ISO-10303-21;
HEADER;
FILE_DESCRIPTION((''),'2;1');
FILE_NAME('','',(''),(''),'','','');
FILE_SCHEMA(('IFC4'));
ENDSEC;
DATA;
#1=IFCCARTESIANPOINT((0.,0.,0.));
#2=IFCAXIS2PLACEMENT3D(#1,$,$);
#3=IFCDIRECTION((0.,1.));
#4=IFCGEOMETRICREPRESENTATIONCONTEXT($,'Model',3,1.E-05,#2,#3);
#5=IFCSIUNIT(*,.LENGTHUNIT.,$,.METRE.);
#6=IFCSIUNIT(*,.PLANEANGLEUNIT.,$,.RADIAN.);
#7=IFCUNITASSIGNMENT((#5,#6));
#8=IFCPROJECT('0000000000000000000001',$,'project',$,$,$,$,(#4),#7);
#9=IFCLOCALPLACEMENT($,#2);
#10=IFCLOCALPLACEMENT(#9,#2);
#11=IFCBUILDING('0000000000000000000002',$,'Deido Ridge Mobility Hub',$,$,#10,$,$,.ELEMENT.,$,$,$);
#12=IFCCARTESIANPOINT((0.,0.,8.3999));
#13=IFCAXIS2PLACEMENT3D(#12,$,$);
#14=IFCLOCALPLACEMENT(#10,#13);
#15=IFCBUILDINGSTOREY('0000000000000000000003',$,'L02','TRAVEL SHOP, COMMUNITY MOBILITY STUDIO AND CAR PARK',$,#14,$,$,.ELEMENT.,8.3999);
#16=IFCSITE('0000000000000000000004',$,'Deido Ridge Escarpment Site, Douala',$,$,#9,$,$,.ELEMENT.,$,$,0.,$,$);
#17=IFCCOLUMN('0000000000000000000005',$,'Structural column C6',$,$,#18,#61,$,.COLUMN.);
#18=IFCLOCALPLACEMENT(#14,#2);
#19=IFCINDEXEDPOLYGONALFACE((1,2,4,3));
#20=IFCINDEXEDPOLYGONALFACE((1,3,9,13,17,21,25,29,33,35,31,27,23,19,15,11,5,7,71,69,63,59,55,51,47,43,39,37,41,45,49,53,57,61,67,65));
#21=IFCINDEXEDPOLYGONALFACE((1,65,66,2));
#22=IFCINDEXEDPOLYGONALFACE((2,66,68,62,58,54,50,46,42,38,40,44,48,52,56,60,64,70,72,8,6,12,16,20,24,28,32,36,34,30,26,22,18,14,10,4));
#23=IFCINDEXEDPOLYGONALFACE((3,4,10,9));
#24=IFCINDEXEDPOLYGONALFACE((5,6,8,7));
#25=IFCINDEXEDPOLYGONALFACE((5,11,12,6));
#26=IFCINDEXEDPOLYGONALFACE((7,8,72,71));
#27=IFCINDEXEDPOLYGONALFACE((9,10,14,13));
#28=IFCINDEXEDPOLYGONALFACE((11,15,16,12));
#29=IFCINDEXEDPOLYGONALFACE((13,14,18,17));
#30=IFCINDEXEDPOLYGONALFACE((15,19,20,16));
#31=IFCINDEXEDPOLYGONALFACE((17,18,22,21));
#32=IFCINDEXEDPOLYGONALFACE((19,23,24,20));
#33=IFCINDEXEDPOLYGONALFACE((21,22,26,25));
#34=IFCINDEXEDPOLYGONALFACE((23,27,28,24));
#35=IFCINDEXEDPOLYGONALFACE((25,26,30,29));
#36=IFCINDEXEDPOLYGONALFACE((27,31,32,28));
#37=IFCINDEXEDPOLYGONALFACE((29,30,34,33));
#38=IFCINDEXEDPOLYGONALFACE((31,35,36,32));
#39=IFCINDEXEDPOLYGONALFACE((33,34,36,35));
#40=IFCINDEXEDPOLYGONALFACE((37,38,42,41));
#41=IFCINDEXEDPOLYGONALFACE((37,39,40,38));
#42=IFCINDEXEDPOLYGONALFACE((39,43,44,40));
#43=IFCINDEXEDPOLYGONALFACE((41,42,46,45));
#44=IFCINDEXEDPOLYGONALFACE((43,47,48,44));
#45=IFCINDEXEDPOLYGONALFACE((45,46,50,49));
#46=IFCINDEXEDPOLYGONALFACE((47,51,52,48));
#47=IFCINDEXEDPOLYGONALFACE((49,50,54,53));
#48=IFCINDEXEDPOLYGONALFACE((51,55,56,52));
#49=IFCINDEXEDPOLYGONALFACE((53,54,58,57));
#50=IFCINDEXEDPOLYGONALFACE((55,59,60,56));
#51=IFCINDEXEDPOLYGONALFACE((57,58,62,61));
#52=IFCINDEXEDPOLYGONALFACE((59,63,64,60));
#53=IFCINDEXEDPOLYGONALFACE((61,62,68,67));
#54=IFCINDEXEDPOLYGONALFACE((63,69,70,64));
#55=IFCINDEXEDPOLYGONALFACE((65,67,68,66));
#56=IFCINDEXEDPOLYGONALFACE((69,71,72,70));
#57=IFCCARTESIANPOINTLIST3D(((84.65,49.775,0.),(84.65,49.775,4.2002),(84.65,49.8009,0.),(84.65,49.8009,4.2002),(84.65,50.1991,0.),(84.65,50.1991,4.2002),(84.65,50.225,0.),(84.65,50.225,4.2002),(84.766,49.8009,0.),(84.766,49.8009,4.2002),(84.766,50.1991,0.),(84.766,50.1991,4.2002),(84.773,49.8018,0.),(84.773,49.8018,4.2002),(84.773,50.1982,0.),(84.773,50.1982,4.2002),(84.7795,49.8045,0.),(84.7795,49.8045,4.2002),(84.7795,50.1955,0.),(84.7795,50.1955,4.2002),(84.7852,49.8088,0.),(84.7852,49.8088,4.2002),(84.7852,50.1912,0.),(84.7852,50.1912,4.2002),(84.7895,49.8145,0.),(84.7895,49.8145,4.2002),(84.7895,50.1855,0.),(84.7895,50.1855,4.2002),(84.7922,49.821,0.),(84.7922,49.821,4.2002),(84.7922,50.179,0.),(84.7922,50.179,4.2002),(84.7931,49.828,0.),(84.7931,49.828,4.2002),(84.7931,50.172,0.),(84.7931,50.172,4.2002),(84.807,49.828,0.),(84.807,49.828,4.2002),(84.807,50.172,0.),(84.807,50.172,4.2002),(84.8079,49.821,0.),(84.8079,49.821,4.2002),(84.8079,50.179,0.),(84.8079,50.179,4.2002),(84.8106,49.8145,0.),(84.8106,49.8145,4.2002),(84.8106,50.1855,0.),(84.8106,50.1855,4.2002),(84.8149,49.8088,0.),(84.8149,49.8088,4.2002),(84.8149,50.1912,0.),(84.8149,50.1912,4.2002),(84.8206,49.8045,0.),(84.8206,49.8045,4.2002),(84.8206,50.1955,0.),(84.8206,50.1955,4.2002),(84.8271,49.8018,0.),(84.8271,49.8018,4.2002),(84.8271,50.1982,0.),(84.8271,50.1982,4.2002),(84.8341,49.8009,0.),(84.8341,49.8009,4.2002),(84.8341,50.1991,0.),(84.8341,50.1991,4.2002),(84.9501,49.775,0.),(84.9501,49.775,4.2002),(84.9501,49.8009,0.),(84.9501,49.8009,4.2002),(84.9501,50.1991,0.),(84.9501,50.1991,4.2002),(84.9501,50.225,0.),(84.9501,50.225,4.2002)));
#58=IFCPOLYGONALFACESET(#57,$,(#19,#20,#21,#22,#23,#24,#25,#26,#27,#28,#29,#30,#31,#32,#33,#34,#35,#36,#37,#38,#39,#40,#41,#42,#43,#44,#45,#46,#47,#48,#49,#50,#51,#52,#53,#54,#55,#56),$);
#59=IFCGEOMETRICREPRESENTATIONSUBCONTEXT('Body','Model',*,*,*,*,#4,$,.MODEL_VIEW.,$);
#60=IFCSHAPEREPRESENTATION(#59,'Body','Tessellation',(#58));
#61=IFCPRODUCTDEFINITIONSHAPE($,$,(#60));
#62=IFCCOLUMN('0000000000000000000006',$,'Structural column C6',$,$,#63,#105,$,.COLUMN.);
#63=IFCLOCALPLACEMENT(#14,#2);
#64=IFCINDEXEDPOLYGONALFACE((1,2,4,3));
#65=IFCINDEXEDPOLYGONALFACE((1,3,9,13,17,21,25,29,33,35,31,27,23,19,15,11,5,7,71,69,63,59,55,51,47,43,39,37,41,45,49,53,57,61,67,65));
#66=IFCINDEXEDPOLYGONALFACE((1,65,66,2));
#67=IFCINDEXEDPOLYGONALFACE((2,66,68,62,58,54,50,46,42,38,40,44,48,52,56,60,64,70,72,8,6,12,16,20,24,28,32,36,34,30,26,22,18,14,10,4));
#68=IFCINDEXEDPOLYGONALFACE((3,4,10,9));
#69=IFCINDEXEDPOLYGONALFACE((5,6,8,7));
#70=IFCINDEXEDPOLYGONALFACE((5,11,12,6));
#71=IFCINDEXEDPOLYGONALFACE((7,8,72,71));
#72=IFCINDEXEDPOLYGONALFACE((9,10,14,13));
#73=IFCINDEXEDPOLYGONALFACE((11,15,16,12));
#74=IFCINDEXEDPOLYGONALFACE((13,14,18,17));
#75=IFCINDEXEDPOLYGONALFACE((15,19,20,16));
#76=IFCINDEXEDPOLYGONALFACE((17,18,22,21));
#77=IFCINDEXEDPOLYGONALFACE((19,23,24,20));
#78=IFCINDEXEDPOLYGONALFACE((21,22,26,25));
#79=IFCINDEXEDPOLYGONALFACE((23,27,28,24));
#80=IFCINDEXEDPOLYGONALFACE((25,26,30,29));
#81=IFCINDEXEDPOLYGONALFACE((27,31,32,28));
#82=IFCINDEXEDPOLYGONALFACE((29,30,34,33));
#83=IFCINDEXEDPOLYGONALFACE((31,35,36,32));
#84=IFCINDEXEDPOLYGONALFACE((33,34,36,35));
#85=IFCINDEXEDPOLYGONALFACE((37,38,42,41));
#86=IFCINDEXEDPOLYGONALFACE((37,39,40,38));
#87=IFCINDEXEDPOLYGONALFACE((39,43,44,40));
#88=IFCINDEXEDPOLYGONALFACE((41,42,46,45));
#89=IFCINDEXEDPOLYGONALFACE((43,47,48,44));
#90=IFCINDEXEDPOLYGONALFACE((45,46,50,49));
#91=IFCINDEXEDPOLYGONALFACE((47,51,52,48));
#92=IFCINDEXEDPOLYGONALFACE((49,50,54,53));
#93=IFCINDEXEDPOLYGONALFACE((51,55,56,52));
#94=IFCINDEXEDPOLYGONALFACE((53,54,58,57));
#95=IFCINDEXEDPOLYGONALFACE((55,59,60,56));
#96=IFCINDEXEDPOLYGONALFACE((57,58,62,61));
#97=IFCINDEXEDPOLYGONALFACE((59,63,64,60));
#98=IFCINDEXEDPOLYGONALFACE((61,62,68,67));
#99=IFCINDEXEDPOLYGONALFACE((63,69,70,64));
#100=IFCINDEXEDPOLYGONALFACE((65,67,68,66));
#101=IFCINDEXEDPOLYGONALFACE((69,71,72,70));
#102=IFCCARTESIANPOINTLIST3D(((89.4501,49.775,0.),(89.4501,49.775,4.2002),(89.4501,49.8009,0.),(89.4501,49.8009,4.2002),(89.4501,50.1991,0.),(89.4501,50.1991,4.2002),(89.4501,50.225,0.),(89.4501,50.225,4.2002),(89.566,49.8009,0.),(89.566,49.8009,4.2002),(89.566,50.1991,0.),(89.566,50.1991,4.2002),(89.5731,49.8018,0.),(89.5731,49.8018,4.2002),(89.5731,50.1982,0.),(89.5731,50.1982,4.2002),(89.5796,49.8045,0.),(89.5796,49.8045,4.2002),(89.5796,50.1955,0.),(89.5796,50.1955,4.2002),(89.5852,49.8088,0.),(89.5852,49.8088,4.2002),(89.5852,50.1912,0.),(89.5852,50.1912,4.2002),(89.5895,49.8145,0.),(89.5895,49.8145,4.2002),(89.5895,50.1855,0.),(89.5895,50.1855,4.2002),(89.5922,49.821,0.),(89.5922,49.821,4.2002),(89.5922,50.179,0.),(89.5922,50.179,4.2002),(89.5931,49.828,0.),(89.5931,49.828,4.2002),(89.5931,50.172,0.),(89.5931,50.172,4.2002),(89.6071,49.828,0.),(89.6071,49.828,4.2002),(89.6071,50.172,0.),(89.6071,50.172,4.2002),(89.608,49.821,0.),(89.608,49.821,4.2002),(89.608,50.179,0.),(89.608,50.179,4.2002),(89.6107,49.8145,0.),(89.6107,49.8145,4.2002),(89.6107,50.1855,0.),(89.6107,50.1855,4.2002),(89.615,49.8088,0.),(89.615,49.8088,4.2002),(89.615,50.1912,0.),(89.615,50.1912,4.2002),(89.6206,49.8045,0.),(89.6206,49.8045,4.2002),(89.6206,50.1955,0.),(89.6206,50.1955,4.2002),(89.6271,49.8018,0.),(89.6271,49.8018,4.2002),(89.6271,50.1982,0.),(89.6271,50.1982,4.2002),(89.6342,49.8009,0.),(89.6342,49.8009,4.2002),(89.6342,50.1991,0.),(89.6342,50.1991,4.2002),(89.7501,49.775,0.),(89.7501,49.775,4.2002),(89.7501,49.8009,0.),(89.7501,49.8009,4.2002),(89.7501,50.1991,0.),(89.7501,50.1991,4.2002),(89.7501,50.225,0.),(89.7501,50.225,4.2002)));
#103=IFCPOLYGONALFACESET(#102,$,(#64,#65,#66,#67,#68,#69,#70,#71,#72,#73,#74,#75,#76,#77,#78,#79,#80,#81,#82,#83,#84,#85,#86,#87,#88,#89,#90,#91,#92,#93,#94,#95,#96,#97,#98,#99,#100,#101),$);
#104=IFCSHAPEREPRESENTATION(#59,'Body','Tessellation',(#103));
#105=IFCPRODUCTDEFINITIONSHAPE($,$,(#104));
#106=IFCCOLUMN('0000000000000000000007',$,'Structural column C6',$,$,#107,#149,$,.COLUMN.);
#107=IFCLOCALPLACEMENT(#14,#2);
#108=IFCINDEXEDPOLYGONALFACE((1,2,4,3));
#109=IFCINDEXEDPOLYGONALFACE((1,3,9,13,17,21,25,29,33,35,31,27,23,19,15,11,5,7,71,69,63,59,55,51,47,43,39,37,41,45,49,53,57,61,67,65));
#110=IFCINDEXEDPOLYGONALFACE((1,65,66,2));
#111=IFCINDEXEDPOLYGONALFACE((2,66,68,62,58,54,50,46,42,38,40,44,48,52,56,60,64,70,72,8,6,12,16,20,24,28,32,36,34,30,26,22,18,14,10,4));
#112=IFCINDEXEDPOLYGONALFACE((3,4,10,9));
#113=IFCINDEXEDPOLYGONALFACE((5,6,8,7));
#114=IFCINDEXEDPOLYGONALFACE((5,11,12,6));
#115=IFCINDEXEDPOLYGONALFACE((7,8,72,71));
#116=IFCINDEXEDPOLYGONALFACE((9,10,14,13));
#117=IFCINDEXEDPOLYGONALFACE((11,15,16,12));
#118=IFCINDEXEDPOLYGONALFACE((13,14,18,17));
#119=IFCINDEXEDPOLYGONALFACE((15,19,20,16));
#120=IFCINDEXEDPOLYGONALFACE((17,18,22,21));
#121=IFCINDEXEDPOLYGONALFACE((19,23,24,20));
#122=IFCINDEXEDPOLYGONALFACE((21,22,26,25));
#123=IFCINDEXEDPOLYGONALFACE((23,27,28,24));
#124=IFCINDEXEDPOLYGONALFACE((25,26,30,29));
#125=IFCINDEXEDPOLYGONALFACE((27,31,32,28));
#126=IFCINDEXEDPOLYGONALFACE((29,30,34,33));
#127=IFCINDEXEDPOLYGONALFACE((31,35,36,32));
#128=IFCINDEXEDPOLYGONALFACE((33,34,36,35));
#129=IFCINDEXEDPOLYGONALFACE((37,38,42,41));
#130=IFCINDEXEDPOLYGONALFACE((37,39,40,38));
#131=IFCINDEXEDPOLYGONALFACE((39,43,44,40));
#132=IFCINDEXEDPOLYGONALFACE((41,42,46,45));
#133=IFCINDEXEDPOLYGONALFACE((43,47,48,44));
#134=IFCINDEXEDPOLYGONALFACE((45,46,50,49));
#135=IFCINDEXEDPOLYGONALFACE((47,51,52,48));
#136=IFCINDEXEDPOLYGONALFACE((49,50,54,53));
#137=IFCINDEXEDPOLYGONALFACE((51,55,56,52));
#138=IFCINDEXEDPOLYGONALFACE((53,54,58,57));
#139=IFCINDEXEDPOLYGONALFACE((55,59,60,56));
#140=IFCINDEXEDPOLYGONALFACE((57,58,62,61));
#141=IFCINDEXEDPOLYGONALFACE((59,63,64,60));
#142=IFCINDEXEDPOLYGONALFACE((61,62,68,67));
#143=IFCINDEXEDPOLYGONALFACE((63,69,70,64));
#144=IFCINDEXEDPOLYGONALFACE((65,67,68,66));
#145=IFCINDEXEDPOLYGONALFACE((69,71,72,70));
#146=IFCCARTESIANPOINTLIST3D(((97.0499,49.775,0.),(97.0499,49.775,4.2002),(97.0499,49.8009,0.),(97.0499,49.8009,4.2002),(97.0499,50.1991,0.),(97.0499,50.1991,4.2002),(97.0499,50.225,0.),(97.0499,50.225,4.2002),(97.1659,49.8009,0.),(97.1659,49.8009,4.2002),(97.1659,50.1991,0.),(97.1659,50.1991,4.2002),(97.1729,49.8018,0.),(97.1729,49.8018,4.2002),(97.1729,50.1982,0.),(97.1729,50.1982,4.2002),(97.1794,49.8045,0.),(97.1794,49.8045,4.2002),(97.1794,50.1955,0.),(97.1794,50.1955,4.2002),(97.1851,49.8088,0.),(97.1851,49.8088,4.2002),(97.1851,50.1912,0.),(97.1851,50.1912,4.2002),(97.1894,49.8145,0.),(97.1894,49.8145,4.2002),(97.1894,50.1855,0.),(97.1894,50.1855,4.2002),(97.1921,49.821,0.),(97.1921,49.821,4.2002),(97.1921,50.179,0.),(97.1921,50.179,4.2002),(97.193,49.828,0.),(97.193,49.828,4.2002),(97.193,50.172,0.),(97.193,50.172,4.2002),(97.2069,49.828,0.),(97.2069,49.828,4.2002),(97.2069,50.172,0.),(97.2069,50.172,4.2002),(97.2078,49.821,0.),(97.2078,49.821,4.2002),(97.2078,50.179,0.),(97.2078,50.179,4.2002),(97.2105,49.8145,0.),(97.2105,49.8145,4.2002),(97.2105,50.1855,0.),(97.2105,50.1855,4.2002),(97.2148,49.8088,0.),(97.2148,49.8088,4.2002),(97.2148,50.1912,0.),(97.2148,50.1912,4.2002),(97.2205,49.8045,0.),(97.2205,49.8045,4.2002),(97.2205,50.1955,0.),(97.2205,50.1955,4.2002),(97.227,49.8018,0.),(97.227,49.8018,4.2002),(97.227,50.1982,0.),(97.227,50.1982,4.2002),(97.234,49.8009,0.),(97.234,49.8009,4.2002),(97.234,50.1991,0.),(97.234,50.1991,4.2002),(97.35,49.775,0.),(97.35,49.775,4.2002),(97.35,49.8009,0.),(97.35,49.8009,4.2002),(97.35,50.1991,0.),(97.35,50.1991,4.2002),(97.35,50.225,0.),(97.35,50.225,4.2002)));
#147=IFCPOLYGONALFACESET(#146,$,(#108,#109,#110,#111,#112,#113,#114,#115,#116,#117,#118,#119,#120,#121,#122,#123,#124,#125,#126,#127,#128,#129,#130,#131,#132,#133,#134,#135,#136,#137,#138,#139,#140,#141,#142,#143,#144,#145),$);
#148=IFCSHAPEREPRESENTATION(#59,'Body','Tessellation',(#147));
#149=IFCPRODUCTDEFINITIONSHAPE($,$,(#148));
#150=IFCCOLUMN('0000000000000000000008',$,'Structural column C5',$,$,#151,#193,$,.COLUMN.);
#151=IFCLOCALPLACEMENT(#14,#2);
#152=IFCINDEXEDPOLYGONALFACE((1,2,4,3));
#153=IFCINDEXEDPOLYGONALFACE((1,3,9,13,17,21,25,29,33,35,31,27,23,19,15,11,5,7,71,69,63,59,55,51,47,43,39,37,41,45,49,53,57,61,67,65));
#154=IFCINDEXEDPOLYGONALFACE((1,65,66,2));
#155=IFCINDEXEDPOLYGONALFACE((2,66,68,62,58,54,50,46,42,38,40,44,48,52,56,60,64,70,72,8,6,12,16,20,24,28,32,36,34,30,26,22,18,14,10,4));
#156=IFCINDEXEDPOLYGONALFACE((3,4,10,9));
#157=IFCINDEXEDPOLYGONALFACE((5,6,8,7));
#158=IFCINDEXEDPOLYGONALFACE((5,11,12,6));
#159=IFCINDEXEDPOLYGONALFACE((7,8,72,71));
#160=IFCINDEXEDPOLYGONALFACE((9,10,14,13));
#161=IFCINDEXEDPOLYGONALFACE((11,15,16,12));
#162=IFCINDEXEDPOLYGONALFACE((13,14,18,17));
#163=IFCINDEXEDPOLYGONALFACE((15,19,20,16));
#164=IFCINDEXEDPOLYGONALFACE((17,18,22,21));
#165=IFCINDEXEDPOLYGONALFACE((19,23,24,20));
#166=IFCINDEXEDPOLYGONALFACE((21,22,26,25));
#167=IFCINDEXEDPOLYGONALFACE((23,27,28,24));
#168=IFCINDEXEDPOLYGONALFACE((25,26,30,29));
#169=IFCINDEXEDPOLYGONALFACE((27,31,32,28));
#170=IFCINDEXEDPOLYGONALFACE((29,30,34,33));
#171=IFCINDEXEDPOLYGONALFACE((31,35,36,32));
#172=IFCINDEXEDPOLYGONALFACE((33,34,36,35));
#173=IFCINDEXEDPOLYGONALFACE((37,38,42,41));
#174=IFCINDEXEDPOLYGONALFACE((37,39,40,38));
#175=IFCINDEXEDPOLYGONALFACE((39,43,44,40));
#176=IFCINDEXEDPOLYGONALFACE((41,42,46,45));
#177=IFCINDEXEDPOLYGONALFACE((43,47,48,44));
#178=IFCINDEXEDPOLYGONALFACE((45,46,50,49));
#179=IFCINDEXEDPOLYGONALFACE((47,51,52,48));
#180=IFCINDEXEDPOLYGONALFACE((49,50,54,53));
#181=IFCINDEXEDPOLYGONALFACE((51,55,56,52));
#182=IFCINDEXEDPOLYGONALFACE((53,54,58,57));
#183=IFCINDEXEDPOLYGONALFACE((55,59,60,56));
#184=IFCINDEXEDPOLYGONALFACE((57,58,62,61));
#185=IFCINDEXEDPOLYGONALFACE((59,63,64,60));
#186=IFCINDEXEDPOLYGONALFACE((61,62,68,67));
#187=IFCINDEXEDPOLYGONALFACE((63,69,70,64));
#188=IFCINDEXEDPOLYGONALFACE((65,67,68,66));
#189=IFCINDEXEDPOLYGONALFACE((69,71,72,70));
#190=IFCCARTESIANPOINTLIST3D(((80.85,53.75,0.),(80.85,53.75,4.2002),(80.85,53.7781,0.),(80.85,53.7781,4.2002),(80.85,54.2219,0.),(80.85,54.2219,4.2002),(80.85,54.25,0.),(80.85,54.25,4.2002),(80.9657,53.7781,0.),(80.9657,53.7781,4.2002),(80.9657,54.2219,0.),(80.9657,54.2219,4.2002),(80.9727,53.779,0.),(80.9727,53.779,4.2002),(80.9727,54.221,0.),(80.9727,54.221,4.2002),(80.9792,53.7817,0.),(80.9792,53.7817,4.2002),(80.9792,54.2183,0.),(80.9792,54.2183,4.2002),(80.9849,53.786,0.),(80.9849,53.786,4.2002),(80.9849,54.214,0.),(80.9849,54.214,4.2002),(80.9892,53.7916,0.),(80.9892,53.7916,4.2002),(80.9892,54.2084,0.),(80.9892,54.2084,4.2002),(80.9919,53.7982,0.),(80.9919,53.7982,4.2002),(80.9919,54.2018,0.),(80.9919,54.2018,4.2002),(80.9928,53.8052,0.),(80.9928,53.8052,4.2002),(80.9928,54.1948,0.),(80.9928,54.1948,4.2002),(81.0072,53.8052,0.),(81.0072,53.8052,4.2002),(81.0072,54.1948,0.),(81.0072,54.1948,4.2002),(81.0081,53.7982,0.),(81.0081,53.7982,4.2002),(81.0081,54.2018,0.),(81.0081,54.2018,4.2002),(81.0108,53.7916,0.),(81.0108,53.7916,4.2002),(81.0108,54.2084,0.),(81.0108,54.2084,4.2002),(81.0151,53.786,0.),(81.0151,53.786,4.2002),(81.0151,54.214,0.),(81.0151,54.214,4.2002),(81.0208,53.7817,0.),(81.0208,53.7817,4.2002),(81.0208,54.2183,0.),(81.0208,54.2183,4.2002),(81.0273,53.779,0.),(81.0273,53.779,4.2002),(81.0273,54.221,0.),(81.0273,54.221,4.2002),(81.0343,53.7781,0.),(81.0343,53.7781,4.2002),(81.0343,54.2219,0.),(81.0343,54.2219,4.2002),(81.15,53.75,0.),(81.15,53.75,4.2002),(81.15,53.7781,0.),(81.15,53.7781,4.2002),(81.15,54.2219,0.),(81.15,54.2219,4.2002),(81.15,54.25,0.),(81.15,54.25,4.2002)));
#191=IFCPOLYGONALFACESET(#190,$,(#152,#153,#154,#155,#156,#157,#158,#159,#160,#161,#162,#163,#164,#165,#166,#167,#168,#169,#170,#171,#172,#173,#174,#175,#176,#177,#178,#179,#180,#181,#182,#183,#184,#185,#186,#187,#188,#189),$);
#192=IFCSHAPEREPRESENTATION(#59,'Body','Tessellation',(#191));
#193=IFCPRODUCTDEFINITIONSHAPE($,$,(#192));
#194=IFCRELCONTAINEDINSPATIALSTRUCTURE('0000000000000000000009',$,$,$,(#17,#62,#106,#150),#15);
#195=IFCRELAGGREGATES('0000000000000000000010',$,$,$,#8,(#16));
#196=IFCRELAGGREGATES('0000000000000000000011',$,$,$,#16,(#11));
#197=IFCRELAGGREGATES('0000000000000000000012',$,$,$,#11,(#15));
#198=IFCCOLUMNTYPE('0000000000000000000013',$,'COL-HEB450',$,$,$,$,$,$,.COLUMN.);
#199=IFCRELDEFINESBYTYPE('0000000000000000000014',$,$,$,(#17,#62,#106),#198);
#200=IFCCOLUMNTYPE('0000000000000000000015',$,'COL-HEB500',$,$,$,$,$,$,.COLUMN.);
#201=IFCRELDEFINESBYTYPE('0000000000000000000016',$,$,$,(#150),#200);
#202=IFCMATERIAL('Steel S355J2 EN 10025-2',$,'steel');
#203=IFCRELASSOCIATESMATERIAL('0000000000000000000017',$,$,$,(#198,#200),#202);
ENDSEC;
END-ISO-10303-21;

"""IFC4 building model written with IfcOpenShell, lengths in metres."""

from ifc_helpers import new_model, si_unit, direction, frame, origin, origin_2d, place, context, subcontext, project, spatial, i_section, extrude, material, material_profile, profile_set, type_object, element, save


model = new_model("IFC4")

# Units and contexts
model_context = context("Model", 3, precision=1e-05, world=origin(), true_north=direction((0.0, 1.0)))
body_context = subcontext(model_context, "Body", "Model", "MODEL_VIEW")
ifc_project = project(units=[si_unit("LENGTHUNIT", "METRE"), si_unit("PLANEANGLEUNIT", "RADIAN")], contexts=[model_context])

# Site, building, storey
site_placement = place(None, origin())
site = spatial("IfcSite", under=ifc_project, at=site_placement, Name="Deido Ridge Escarpment Site, Douala", CompositionType="ELEMENT", RefElevation=0.0)
building_placement = place(site_placement, origin())
building = spatial("IfcBuilding", under=site, at=building_placement, Name="Deido Ridge Mobility Hub", CompositionType="ELEMENT")
storey_placement = place(building_placement, frame((0.0, 0.0, 8.3999)))
storey = spatial("IfcBuildingStorey", under=building, at=storey_placement, Name="L02", Description="TRAVEL SHOP, COMMUNITY MOBILITY STUDIO AND CAR PARK", CompositionType="ELEMENT", Elevation=8.3999)

# Columns
ifc_material_1 = material(Name="Steel S355J2 EN 10025-2", Category="steel")
ifc_material_profile_1 = material_profile(ifc_material_1, i_section(OverallWidth=0.3, OverallDepth=0.45, WebThickness=0.0139, FlangeThickness=0.0259, FilletRadius=0.0271, at=origin_2d()), Name="HEB 450")
ifc_profile_set_1 = profile_set([ifc_material_profile_1], Name="Steel S355J2 EN 10025-2")
column_type_1 = type_object("IfcColumnType", Name="COL-HEB450", PredefinedType="COLUMN", material=ifc_profile_set_1)
for number, where, z_axis, x_axis, name in (
    (1, (84.8, 50.0, 0.0), (0.0, 0.0, 1.0), (1.0, 0.0, 0.0), "Structural column C6"),
    (2, (89.6001, 50.0, 0.0), (0.0, 0.0, 1.0), (1.0, 0.0, 0.0), "Structural column C6"),
    (3, (97.2, 50.0, 0.0), (0.0, 0.0, 1.0), (1.0, 0.0, 0.0), "Structural column C6"),
):
    element("IfcColumn", number, at=place(storey_placement, frame(where, z_axis=z_axis, x_axis=x_axis)), inside=storey, type_object=column_type_1, Name=name, PredefinedType="COLUMN", context=body_context, shape_type="SweptSolid", body=[
        extrude(i_section(OverallWidth=0.3, OverallDepth=0.45, WebThickness=0.0139, FlangeThickness=0.0259, FilletRadius=0.0271, at=origin_2d()), origin(), (0.0, 0.0, 1.0), 4.2002),
    ])
ifc_material_profile_2 = material_profile(ifc_material_1, i_section(OverallWidth=0.3, OverallDepth=0.5, WebThickness=0.0144, FlangeThickness=0.0281, FilletRadius=0.0271, at=origin_2d()), Name="HEB 500")
ifc_profile_set_2 = profile_set([ifc_material_profile_2], Name="Steel S355J2 EN 10025-2")
column_type_2 = type_object("IfcColumnType", Name="COL-HEB500", PredefinedType="COLUMN", material=ifc_profile_set_2)
for number, where, z_axis, x_axis, name in (
    (4, (81.0, 54.0, 0.0), (0.0, 0.0, 1.0), (1.0, 0.0, 0.0), "Structural column C5"),
):
    element("IfcColumn", number, at=place(storey_placement, frame(where, z_axis=z_axis, x_axis=x_axis)), inside=storey, type_object=column_type_2, Name=name, PredefinedType="COLUMN", context=body_context, shape_type="SweptSolid", body=[
        extrude(i_section(OverallWidth=0.3, OverallDepth=0.5, WebThickness=0.0144, FlangeThickness=0.0281, FilletRadius=0.0271, at=origin_2d()), origin(), (0.0, 0.0, 1.0), 4.2002),
    ])

save(model, "model.ifc")
